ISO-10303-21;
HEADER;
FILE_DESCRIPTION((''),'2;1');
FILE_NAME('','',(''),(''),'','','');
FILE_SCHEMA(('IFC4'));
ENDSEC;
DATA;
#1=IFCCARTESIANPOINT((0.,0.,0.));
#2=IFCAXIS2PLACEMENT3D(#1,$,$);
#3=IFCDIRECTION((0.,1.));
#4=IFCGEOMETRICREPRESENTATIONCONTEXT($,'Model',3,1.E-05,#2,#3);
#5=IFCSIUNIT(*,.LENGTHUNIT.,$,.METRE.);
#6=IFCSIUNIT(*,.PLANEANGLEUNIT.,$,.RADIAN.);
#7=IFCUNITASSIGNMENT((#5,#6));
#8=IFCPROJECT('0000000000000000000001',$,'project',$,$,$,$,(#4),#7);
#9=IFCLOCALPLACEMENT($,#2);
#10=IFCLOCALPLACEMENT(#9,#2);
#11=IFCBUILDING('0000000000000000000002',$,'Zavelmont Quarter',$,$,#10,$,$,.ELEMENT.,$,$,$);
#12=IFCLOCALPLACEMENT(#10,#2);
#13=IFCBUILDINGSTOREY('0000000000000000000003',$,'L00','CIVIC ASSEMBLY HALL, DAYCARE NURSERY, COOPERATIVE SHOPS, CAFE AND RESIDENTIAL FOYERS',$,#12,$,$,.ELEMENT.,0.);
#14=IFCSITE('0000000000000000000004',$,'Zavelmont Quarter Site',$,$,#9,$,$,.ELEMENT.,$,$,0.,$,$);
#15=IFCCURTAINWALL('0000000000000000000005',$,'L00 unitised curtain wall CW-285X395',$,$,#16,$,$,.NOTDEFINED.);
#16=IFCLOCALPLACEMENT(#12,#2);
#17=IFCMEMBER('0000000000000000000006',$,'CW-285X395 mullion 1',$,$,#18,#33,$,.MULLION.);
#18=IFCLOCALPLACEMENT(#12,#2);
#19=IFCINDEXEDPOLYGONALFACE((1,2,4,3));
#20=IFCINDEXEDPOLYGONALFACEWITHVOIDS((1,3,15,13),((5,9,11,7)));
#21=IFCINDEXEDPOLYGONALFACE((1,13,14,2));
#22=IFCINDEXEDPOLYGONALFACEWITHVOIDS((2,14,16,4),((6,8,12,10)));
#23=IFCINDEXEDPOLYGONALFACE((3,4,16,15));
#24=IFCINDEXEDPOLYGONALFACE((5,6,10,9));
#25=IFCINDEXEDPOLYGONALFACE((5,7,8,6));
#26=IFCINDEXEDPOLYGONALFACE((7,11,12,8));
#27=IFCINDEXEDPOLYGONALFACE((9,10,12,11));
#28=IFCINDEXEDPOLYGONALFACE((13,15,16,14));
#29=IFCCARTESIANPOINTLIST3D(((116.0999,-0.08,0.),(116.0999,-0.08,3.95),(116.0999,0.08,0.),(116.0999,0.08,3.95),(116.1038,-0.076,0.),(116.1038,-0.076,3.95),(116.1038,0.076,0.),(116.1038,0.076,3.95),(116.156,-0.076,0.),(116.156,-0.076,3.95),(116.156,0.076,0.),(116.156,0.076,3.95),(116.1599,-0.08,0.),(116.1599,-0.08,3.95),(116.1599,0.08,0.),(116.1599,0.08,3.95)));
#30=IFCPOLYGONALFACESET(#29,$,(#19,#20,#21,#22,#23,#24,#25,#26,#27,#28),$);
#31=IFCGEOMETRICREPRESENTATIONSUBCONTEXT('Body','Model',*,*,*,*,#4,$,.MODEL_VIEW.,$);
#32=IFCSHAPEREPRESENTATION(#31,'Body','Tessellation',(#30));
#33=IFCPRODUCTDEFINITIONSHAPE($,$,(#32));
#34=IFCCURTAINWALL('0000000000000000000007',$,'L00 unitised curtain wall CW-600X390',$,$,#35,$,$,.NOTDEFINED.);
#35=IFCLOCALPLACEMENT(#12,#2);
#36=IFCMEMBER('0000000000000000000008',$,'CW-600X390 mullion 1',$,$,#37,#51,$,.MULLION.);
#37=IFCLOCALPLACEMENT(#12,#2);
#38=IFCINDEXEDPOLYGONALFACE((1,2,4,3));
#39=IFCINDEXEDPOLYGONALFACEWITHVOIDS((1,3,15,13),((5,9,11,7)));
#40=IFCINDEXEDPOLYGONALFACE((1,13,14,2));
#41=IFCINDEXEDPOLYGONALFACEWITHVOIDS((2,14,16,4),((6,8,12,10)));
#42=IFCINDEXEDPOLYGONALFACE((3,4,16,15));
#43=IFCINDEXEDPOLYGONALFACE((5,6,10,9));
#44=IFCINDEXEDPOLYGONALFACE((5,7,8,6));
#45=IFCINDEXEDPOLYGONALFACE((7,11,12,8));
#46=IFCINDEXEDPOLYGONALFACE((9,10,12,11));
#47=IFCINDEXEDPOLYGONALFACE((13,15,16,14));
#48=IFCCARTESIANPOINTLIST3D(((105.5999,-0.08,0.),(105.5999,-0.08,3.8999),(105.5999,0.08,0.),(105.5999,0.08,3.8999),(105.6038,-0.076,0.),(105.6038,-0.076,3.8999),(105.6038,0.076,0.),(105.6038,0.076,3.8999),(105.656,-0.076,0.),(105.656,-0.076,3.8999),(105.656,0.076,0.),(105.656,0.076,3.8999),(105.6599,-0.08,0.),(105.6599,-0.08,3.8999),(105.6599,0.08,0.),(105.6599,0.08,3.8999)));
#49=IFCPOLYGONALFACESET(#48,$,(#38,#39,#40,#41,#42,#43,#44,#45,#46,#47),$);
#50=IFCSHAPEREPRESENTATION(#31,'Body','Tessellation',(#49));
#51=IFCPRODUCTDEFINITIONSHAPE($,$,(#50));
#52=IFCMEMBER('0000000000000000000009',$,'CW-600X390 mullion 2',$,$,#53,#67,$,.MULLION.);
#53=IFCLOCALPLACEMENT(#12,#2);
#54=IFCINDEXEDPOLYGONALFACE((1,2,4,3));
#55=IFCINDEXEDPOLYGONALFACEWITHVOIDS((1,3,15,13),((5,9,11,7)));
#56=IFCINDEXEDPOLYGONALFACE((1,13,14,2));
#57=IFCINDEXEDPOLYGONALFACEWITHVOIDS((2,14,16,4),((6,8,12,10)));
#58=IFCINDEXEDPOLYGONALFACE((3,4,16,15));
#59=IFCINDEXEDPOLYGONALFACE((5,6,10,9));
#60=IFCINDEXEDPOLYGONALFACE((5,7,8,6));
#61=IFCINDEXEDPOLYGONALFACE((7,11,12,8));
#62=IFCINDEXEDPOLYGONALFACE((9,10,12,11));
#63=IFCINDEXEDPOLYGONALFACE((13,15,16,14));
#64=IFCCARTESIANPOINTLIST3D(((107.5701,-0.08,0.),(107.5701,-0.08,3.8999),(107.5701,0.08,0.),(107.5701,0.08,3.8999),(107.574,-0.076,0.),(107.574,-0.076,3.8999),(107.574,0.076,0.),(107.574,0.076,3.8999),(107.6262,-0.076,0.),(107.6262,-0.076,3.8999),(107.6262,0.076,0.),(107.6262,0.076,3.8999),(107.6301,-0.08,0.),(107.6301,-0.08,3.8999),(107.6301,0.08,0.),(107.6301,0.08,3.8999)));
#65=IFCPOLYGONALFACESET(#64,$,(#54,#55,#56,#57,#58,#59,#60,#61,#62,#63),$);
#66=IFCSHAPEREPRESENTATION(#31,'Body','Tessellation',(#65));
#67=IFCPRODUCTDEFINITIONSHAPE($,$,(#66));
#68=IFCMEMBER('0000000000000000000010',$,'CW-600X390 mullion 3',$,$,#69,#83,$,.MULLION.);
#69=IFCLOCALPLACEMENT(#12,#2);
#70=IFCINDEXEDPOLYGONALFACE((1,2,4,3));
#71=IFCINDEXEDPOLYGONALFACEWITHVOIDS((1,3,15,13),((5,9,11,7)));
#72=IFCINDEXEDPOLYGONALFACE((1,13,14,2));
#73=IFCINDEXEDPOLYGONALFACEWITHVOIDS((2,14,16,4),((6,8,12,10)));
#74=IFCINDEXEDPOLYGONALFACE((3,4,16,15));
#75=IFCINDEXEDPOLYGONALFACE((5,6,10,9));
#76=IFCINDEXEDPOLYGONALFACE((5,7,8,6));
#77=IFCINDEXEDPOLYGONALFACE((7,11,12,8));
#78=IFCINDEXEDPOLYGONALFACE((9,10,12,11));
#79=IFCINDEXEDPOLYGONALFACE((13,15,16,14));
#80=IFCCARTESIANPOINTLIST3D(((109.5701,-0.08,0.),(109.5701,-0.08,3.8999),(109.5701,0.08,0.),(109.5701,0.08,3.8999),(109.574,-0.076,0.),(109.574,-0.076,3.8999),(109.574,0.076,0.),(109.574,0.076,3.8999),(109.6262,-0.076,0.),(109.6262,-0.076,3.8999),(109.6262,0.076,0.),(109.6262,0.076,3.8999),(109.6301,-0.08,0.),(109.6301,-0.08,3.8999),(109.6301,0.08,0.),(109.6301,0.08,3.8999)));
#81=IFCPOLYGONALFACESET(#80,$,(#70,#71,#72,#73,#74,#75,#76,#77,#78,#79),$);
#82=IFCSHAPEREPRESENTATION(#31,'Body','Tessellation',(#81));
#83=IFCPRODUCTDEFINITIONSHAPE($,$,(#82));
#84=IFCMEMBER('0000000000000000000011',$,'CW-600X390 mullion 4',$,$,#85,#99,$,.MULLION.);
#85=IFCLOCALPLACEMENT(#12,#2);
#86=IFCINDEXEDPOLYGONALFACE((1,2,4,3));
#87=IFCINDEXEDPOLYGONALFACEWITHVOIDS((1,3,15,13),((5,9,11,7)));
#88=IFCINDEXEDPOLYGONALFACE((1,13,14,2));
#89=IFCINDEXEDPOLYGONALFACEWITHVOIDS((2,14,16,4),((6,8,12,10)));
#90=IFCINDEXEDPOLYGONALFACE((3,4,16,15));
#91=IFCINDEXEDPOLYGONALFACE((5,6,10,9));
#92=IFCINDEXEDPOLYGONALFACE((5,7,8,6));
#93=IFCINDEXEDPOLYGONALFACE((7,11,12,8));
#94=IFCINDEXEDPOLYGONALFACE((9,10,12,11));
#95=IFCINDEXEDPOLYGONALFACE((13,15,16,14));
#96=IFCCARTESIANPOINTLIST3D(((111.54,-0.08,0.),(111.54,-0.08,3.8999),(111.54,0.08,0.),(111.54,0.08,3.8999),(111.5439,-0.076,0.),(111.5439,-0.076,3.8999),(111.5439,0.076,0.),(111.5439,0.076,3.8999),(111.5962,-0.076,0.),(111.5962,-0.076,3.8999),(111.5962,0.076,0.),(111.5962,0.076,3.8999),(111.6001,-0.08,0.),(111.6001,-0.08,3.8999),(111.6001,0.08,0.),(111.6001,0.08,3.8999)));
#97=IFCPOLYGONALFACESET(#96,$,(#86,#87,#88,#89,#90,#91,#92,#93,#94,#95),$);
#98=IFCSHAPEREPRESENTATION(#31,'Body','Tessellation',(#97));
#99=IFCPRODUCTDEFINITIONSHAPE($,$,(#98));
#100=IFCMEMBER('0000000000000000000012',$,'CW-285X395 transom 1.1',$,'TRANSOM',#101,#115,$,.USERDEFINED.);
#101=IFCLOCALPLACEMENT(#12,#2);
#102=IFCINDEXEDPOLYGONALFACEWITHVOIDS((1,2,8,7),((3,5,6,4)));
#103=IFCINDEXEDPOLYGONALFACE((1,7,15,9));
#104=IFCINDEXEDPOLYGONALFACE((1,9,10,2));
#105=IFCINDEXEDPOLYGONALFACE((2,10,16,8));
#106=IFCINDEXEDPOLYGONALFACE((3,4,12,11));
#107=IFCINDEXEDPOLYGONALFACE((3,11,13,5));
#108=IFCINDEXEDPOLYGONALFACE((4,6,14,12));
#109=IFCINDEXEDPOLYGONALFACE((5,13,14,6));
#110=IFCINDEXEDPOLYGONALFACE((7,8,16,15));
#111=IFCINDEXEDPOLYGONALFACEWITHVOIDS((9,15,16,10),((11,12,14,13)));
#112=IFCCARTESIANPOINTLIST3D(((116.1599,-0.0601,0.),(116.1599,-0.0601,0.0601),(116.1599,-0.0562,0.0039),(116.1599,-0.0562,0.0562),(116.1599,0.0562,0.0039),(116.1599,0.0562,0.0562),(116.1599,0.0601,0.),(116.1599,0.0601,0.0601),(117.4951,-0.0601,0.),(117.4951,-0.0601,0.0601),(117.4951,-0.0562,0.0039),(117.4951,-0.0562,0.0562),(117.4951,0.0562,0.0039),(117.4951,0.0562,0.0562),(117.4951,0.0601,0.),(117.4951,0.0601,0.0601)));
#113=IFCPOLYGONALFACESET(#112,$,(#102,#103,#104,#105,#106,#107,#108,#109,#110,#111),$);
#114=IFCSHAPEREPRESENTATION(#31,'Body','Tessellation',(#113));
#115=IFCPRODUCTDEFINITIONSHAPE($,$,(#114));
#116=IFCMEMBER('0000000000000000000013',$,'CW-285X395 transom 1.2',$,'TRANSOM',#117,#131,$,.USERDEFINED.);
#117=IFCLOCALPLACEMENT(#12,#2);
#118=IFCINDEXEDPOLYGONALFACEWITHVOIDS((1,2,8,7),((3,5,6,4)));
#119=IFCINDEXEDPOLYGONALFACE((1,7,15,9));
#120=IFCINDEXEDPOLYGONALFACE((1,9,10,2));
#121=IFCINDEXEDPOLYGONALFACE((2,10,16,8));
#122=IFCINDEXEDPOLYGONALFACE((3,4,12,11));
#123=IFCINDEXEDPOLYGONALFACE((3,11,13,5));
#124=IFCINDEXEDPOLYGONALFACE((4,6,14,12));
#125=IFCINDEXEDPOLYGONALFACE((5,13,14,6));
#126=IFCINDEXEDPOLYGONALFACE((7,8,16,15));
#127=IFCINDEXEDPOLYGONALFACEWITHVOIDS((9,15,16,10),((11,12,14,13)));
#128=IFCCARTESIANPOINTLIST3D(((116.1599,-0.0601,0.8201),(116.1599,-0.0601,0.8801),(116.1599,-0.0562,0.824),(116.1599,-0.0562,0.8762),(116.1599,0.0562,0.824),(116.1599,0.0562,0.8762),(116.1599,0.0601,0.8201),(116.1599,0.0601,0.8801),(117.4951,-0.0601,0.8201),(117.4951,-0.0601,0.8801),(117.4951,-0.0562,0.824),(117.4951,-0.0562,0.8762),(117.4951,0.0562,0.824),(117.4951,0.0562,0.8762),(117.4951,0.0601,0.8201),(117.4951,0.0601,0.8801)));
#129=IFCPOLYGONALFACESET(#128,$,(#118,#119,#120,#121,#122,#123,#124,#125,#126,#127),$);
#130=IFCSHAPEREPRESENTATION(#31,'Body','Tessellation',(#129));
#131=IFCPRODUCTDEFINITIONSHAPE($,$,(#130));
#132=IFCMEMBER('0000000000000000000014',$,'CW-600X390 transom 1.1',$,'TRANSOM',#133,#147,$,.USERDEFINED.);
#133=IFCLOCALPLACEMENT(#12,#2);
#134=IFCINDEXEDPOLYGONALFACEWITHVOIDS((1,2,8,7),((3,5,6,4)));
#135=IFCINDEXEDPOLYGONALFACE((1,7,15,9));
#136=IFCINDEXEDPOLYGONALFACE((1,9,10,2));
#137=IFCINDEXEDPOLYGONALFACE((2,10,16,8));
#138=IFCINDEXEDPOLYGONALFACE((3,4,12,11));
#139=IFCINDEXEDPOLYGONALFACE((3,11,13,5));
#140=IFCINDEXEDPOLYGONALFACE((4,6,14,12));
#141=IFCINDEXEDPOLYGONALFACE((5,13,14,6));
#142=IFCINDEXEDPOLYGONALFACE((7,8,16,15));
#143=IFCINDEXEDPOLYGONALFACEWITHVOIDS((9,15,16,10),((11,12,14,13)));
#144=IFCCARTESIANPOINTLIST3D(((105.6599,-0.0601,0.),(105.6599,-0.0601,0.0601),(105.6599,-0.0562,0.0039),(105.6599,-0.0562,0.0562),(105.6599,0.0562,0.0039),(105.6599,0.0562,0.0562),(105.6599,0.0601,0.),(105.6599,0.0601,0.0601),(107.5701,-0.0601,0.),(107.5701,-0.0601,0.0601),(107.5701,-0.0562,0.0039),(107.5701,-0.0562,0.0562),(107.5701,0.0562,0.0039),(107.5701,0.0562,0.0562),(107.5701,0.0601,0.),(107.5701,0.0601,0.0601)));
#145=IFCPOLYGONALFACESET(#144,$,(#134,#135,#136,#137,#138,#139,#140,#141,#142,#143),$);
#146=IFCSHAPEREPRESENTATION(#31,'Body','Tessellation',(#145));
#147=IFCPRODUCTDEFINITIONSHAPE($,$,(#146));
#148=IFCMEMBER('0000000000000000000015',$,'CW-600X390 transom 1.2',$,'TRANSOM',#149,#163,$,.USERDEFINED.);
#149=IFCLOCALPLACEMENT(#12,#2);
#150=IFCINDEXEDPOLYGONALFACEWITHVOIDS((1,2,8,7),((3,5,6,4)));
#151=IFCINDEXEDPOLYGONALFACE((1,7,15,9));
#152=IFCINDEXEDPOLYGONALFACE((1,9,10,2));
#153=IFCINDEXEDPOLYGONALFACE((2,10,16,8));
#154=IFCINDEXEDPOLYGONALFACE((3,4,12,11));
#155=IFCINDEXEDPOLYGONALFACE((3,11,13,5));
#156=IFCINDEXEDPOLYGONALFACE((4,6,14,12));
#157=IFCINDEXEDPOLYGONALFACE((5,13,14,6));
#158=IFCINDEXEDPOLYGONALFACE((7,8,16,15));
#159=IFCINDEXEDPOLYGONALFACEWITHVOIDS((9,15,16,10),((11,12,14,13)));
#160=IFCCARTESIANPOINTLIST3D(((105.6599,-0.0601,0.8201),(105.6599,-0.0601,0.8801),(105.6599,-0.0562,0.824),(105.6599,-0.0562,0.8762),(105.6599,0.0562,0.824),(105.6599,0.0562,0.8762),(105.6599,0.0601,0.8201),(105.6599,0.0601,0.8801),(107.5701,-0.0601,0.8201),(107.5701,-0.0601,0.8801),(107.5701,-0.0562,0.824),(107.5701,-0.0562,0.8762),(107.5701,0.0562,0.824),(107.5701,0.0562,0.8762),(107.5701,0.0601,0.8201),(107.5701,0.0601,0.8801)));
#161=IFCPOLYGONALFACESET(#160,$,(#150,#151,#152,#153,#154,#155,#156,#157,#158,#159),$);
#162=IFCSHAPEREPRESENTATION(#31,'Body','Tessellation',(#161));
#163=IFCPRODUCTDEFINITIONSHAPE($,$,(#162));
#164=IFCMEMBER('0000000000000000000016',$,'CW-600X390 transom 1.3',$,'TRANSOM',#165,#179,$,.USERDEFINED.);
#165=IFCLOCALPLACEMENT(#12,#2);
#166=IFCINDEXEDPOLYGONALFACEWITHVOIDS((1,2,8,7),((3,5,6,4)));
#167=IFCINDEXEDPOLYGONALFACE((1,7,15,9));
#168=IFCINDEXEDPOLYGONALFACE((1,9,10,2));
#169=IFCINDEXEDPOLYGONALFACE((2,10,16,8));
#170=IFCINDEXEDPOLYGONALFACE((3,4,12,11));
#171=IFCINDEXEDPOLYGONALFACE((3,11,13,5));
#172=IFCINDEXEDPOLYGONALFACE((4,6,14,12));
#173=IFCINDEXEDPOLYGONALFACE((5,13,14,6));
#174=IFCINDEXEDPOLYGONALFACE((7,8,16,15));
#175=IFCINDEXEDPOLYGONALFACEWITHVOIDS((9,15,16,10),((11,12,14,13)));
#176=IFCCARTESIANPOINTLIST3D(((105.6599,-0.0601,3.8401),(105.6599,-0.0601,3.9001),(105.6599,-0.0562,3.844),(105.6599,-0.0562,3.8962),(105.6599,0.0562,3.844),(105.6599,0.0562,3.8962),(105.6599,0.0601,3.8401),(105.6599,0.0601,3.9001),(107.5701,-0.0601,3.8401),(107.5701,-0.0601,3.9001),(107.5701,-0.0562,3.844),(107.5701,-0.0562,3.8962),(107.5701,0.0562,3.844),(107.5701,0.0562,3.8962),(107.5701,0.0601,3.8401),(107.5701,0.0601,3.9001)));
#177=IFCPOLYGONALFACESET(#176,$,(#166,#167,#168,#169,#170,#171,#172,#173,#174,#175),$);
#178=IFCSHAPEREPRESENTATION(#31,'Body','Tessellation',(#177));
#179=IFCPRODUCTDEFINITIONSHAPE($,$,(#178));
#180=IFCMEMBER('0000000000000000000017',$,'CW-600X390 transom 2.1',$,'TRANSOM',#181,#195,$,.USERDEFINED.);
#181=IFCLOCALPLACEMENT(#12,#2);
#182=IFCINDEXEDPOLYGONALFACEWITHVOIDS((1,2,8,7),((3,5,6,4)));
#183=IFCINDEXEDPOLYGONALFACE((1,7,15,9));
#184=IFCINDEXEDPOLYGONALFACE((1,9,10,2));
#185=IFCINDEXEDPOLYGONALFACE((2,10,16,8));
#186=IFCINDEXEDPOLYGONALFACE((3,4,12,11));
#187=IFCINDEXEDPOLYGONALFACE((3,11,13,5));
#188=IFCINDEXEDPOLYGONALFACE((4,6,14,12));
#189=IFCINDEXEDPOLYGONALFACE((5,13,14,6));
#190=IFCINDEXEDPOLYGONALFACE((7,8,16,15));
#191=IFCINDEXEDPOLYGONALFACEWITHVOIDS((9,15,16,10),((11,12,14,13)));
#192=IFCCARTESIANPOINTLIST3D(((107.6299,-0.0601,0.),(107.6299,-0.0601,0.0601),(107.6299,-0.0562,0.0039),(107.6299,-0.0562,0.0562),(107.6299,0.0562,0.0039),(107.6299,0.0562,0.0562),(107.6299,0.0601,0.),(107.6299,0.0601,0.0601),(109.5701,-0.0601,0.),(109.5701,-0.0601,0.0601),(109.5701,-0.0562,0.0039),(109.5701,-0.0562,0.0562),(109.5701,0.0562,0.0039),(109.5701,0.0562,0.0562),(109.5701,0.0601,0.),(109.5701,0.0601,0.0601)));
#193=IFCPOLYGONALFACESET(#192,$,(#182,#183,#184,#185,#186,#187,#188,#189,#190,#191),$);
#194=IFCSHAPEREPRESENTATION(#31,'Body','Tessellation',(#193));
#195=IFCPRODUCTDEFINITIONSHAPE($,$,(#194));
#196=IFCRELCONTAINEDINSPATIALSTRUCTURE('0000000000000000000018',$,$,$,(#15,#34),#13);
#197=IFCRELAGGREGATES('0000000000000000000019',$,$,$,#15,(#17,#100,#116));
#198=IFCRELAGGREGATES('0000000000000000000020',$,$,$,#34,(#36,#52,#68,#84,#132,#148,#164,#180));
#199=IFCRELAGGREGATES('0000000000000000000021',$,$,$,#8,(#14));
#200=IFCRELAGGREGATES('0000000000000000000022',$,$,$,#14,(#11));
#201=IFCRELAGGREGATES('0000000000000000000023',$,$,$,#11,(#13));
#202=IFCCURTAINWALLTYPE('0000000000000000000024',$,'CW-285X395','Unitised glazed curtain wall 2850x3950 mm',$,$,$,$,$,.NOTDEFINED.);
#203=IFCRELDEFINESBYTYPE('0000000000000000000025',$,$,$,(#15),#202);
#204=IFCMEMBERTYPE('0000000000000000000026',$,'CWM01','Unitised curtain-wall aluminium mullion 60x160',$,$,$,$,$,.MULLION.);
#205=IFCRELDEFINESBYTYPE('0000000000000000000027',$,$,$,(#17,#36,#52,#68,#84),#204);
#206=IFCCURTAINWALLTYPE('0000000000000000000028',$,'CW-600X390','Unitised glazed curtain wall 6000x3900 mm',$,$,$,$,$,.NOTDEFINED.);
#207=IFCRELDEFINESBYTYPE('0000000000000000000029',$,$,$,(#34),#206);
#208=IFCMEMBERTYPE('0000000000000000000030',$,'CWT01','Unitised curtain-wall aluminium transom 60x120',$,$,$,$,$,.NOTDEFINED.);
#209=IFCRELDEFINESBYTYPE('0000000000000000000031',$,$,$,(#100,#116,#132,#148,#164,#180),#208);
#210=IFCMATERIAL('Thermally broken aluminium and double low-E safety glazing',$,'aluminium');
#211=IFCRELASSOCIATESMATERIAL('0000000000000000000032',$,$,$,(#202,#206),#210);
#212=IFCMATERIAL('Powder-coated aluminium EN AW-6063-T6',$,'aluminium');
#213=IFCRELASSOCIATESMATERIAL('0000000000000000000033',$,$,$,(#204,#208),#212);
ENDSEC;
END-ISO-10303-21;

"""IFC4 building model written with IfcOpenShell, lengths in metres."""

from ifc_helpers import new_model, si_unit, direction, frame, origin, origin_2d, place, context, subcontext, project, spatial, hollow_rectangle, extrude, material, material_profile, profile_set, type_object, element, aggregate, save


model = new_model("IFC4")

# Units and contexts
model_context = context("Model", 3, precision=1e-05, world=origin(), true_north=direction((0.0, 1.0)))
body_context = subcontext(model_context, "Body", "Model", "MODEL_VIEW")
ifc_project = project(units=[si_unit("LENGTHUNIT", "METRE"), si_unit("PLANEANGLEUNIT", "RADIAN")], contexts=[model_context])

# Site, building, storey
site_placement = place(None, origin())
site = spatial("IfcSite", under=ifc_project, at=site_placement, Name="Zavelmont Quarter Site", CompositionType="ELEMENT", RefElevation=0.0)
building_placement = place(site_placement, origin())
building = spatial("IfcBuilding", under=site, at=building_placement, Name="Zavelmont Quarter", CompositionType="ELEMENT")
storey_placement = place(building_placement, origin())
storey = spatial("IfcBuildingStorey", under=building, at=storey_placement, Name="L00", Description="CIVIC ASSEMBLY HALL, DAYCARE NURSERY, COOPERATIVE SHOPS, CAFE AND RESIDENTIAL FOYERS", CompositionType="ELEMENT", Elevation=0.0)

# Curtain wall, member
ifc_material_1 = material(Name="Thermally broken aluminium and double low-E safety glazing", Category="aluminium")
curtain_wall_type_1 = type_object("IfcCurtainWallType", Name="CW-285X395", Description="Unitised glazed curtain wall 2850x3950 mm", PredefinedType="NOTDEFINED", material=ifc_material_1)
curtain_wall_1_placement = place(storey_placement, origin())
curtain_wall_1 = element("IfcCurtainWall", 1, at=curtain_wall_1_placement, inside=storey, type_object=curtain_wall_type_1, Name="L00 unitised curtain wall CW-285X395", PredefinedType="NOTDEFINED")
ifc_material_2 = material(Name="Powder-coated aluminium EN AW-6063-T6", Category="aluminium")
ifc_material_profile_1 = material_profile(ifc_material_2, hollow_rectangle(XDim=0.0601, YDim=0.1599, WallThickness=0.0039, at=origin_2d()), Name="CWM60X160")
ifc_profile_set_1 = profile_set([ifc_material_profile_1], Name="Powder-coated aluminium EN AW-6063-T6")
member_type_1 = type_object("IfcMemberType", Name="CWM01", Description="Unitised curtain-wall aluminium mullion 60x160", PredefinedType="MULLION", material=ifc_profile_set_1)
member_1_placement = place(storey_placement, frame((116.1299, 0.0, 0.0), z_axis=(0.0, 0.0, 1.0), x_axis=(1.0, 0.0, 0.0)))
member_1 = element("IfcMember", 2, at=member_1_placement, type_object=member_type_1, Name="CW-285X395 mullion 1", PredefinedType="MULLION", context=body_context, shape_type="SweptSolid", body=[
    extrude(hollow_rectangle(XDim=0.0601, YDim=0.1599, WallThickness=0.0039, at=origin_2d()), origin(), (0.0, 0.0, 1.0), 3.95),
])

# Curtain wall, members
curtain_wall_type_2 = type_object("IfcCurtainWallType", Name="CW-600X390", Description="Unitised glazed curtain wall 6000x3900 mm", PredefinedType="NOTDEFINED", material=ifc_material_1)
curtain_wall_2_placement = place(storey_placement, origin())
curtain_wall_2 = element("IfcCurtainWall", 3, at=curtain_wall_2_placement, inside=storey, type_object=curtain_wall_type_2, Name="L00 unitised curtain wall CW-600X390", PredefinedType="NOTDEFINED")
member_2_placement = place(storey_placement, frame((105.6299, 0.0, 0.0), z_axis=(0.0, 0.0, 1.0), x_axis=(1.0, 0.0, 0.0)))
member_2 = element("IfcMember", 4, at=member_2_placement, type_object=member_type_1, Name="CW-600X390 mullion 1", PredefinedType="MULLION", context=body_context, shape_type="SweptSolid", body=[
    extrude(hollow_rectangle(XDim=0.0601, YDim=0.1599, WallThickness=0.0039, at=origin_2d()), origin(), (0.0, 0.0, 1.0), 3.8999),
])
member_3_placement = place(storey_placement, frame((107.6001, 0.0, 0.0), z_axis=(0.0, 0.0, 1.0), x_axis=(1.0, 0.0, 0.0)))
member_3 = element("IfcMember", 5, at=member_3_placement, type_object=member_type_1, Name="CW-600X390 mullion 2", PredefinedType="MULLION", context=body_context, shape_type="SweptSolid", body=[
    extrude(hollow_rectangle(XDim=0.0601, YDim=0.1599, WallThickness=0.0039, at=origin_2d()), origin(), (0.0, 0.0, 1.0), 3.8999),
])
member_4_placement = place(storey_placement, frame((109.6001, 0.0, 0.0), z_axis=(0.0, 0.0, 1.0), x_axis=(1.0, 0.0, 0.0)))
member_4 = element("IfcMember", 6, at=member_4_placement, type_object=member_type_1, Name="CW-600X390 mullion 3", PredefinedType="MULLION", context=body_context, shape_type="SweptSolid", body=[
    extrude(hollow_rectangle(XDim=0.0601, YDim=0.1599, WallThickness=0.0039, at=origin_2d()), origin(), (0.0, 0.0, 1.0), 3.8999),
])
member_5_placement = place(storey_placement, frame((111.5701, 0.0, 0.0), z_axis=(0.0, 0.0, 1.0), x_axis=(1.0, 0.0, 0.0)))
member_5 = element("IfcMember", 7, at=member_5_placement, type_object=member_type_1, Name="CW-600X390 mullion 4", PredefinedType="MULLION", context=body_context, shape_type="SweptSolid", body=[
    extrude(hollow_rectangle(XDim=0.0601, YDim=0.1599, WallThickness=0.0039, at=origin_2d()), origin(), (0.0, 0.0, 1.0), 3.8999),
])

# Members
ifc_material_profile_2 = material_profile(ifc_material_2, hollow_rectangle(XDim=0.1201, YDim=0.0601, WallThickness=0.0039, at=origin_2d()), Name="CWT60X120")
ifc_profile_set_2 = profile_set([ifc_material_profile_2], Name="Powder-coated aluminium EN AW-6063-T6")
member_type_2 = type_object("IfcMemberType", Name="CWT01", Description="Unitised curtain-wall aluminium transom 60x120", PredefinedType="NOTDEFINED", material=ifc_profile_set_2)
member_6_placement = place(storey_placement, frame((116.1599, 0.0, 0.03), z_axis=(1.0, 0.0, 0.0), x_axis=(0.0, 1.0, 0.0)))
member_6 = element("IfcMember", 8, at=member_6_placement, type_object=member_type_2, Name="CW-285X395 transom 1.1", ObjectType="TRANSOM", PredefinedType="USERDEFINED", context=body_context, shape_type="SweptSolid", body=[
    extrude(hollow_rectangle(XDim=0.1201, YDim=0.0601, WallThickness=0.0039, at=origin_2d()), origin(), (0.0, 0.0, 1.0), 1.3352),
])
member_7_placement = place(storey_placement, frame((116.1599, 0.0, 0.8501), z_axis=(1.0, 0.0, 0.0), x_axis=(0.0, 1.0, 0.0)))
member_7 = element("IfcMember", 9, at=member_7_placement, type_object=member_type_2, Name="CW-285X395 transom 1.2", ObjectType="TRANSOM", PredefinedType="USERDEFINED", context=body_context, shape_type="SweptSolid", body=[
    extrude(hollow_rectangle(XDim=0.1201, YDim=0.0601, WallThickness=0.0039, at=origin_2d()), origin(), (0.0, 0.0, 1.0), 1.3352),
])
aggregate(curtain_wall_1, [member_1, member_6, member_7])
member_8_placement = place(storey_placement, frame((105.6599, 0.0, 0.03), z_axis=(1.0, 0.0, 0.0), x_axis=(0.0, 1.0, 0.0)))
member_8 = element("IfcMember", 10, at=member_8_placement, type_object=member_type_2, Name="CW-600X390 transom 1.1", ObjectType="TRANSOM", PredefinedType="USERDEFINED", context=body_context, shape_type="SweptSolid", body=[
    extrude(hollow_rectangle(XDim=0.1201, YDim=0.0601, WallThickness=0.0039, at=origin_2d()), origin(), (0.0, 0.0, 1.0), 1.9102),
])
member_9_placement = place(storey_placement, frame((105.6599, 0.0, 0.8501), z_axis=(1.0, 0.0, 0.0), x_axis=(0.0, 1.0, 0.0)))
member_9 = element("IfcMember", 11, at=member_9_placement, type_object=member_type_2, Name="CW-600X390 transom 1.2", ObjectType="TRANSOM", PredefinedType="USERDEFINED", context=body_context, shape_type="SweptSolid", body=[
    extrude(hollow_rectangle(XDim=0.1201, YDim=0.0601, WallThickness=0.0039, at=origin_2d()), origin(), (0.0, 0.0, 1.0), 1.9102),
])
member_10_placement = place(storey_placement, frame((105.6599, 0.0, 3.8701), z_axis=(1.0, 0.0, 0.0), x_axis=(0.0, 1.0, 0.0)))
member_10 = element("IfcMember", 12, at=member_10_placement, type_object=member_type_2, Name="CW-600X390 transom 1.3", ObjectType="TRANSOM", PredefinedType="USERDEFINED", context=body_context, shape_type="SweptSolid", body=[
    extrude(hollow_rectangle(XDim=0.1201, YDim=0.0601, WallThickness=0.0039, at=origin_2d()), origin(), (0.0, 0.0, 1.0), 1.9102),
])
member_11_placement = place(storey_placement, frame((107.6299, 0.0, 0.03), z_axis=(1.0, 0.0, 0.0), x_axis=(0.0, 1.0, 0.0)))
member_11 = element("IfcMember", 13, at=member_11_placement, type_object=member_type_2, Name="CW-600X390 transom 2.1", ObjectType="TRANSOM", PredefinedType="USERDEFINED", context=body_context, shape_type="SweptSolid", body=[
    extrude(hollow_rectangle(XDim=0.1201, YDim=0.0601, WallThickness=0.0039, at=origin_2d()), origin(), (0.0, 0.0, 1.0), 1.9402),
])

aggregate(curtain_wall_2, [member_2, member_3, member_4, member_5, member_8, member_9, member_10, member_11])

save(model, "model.ifc")
